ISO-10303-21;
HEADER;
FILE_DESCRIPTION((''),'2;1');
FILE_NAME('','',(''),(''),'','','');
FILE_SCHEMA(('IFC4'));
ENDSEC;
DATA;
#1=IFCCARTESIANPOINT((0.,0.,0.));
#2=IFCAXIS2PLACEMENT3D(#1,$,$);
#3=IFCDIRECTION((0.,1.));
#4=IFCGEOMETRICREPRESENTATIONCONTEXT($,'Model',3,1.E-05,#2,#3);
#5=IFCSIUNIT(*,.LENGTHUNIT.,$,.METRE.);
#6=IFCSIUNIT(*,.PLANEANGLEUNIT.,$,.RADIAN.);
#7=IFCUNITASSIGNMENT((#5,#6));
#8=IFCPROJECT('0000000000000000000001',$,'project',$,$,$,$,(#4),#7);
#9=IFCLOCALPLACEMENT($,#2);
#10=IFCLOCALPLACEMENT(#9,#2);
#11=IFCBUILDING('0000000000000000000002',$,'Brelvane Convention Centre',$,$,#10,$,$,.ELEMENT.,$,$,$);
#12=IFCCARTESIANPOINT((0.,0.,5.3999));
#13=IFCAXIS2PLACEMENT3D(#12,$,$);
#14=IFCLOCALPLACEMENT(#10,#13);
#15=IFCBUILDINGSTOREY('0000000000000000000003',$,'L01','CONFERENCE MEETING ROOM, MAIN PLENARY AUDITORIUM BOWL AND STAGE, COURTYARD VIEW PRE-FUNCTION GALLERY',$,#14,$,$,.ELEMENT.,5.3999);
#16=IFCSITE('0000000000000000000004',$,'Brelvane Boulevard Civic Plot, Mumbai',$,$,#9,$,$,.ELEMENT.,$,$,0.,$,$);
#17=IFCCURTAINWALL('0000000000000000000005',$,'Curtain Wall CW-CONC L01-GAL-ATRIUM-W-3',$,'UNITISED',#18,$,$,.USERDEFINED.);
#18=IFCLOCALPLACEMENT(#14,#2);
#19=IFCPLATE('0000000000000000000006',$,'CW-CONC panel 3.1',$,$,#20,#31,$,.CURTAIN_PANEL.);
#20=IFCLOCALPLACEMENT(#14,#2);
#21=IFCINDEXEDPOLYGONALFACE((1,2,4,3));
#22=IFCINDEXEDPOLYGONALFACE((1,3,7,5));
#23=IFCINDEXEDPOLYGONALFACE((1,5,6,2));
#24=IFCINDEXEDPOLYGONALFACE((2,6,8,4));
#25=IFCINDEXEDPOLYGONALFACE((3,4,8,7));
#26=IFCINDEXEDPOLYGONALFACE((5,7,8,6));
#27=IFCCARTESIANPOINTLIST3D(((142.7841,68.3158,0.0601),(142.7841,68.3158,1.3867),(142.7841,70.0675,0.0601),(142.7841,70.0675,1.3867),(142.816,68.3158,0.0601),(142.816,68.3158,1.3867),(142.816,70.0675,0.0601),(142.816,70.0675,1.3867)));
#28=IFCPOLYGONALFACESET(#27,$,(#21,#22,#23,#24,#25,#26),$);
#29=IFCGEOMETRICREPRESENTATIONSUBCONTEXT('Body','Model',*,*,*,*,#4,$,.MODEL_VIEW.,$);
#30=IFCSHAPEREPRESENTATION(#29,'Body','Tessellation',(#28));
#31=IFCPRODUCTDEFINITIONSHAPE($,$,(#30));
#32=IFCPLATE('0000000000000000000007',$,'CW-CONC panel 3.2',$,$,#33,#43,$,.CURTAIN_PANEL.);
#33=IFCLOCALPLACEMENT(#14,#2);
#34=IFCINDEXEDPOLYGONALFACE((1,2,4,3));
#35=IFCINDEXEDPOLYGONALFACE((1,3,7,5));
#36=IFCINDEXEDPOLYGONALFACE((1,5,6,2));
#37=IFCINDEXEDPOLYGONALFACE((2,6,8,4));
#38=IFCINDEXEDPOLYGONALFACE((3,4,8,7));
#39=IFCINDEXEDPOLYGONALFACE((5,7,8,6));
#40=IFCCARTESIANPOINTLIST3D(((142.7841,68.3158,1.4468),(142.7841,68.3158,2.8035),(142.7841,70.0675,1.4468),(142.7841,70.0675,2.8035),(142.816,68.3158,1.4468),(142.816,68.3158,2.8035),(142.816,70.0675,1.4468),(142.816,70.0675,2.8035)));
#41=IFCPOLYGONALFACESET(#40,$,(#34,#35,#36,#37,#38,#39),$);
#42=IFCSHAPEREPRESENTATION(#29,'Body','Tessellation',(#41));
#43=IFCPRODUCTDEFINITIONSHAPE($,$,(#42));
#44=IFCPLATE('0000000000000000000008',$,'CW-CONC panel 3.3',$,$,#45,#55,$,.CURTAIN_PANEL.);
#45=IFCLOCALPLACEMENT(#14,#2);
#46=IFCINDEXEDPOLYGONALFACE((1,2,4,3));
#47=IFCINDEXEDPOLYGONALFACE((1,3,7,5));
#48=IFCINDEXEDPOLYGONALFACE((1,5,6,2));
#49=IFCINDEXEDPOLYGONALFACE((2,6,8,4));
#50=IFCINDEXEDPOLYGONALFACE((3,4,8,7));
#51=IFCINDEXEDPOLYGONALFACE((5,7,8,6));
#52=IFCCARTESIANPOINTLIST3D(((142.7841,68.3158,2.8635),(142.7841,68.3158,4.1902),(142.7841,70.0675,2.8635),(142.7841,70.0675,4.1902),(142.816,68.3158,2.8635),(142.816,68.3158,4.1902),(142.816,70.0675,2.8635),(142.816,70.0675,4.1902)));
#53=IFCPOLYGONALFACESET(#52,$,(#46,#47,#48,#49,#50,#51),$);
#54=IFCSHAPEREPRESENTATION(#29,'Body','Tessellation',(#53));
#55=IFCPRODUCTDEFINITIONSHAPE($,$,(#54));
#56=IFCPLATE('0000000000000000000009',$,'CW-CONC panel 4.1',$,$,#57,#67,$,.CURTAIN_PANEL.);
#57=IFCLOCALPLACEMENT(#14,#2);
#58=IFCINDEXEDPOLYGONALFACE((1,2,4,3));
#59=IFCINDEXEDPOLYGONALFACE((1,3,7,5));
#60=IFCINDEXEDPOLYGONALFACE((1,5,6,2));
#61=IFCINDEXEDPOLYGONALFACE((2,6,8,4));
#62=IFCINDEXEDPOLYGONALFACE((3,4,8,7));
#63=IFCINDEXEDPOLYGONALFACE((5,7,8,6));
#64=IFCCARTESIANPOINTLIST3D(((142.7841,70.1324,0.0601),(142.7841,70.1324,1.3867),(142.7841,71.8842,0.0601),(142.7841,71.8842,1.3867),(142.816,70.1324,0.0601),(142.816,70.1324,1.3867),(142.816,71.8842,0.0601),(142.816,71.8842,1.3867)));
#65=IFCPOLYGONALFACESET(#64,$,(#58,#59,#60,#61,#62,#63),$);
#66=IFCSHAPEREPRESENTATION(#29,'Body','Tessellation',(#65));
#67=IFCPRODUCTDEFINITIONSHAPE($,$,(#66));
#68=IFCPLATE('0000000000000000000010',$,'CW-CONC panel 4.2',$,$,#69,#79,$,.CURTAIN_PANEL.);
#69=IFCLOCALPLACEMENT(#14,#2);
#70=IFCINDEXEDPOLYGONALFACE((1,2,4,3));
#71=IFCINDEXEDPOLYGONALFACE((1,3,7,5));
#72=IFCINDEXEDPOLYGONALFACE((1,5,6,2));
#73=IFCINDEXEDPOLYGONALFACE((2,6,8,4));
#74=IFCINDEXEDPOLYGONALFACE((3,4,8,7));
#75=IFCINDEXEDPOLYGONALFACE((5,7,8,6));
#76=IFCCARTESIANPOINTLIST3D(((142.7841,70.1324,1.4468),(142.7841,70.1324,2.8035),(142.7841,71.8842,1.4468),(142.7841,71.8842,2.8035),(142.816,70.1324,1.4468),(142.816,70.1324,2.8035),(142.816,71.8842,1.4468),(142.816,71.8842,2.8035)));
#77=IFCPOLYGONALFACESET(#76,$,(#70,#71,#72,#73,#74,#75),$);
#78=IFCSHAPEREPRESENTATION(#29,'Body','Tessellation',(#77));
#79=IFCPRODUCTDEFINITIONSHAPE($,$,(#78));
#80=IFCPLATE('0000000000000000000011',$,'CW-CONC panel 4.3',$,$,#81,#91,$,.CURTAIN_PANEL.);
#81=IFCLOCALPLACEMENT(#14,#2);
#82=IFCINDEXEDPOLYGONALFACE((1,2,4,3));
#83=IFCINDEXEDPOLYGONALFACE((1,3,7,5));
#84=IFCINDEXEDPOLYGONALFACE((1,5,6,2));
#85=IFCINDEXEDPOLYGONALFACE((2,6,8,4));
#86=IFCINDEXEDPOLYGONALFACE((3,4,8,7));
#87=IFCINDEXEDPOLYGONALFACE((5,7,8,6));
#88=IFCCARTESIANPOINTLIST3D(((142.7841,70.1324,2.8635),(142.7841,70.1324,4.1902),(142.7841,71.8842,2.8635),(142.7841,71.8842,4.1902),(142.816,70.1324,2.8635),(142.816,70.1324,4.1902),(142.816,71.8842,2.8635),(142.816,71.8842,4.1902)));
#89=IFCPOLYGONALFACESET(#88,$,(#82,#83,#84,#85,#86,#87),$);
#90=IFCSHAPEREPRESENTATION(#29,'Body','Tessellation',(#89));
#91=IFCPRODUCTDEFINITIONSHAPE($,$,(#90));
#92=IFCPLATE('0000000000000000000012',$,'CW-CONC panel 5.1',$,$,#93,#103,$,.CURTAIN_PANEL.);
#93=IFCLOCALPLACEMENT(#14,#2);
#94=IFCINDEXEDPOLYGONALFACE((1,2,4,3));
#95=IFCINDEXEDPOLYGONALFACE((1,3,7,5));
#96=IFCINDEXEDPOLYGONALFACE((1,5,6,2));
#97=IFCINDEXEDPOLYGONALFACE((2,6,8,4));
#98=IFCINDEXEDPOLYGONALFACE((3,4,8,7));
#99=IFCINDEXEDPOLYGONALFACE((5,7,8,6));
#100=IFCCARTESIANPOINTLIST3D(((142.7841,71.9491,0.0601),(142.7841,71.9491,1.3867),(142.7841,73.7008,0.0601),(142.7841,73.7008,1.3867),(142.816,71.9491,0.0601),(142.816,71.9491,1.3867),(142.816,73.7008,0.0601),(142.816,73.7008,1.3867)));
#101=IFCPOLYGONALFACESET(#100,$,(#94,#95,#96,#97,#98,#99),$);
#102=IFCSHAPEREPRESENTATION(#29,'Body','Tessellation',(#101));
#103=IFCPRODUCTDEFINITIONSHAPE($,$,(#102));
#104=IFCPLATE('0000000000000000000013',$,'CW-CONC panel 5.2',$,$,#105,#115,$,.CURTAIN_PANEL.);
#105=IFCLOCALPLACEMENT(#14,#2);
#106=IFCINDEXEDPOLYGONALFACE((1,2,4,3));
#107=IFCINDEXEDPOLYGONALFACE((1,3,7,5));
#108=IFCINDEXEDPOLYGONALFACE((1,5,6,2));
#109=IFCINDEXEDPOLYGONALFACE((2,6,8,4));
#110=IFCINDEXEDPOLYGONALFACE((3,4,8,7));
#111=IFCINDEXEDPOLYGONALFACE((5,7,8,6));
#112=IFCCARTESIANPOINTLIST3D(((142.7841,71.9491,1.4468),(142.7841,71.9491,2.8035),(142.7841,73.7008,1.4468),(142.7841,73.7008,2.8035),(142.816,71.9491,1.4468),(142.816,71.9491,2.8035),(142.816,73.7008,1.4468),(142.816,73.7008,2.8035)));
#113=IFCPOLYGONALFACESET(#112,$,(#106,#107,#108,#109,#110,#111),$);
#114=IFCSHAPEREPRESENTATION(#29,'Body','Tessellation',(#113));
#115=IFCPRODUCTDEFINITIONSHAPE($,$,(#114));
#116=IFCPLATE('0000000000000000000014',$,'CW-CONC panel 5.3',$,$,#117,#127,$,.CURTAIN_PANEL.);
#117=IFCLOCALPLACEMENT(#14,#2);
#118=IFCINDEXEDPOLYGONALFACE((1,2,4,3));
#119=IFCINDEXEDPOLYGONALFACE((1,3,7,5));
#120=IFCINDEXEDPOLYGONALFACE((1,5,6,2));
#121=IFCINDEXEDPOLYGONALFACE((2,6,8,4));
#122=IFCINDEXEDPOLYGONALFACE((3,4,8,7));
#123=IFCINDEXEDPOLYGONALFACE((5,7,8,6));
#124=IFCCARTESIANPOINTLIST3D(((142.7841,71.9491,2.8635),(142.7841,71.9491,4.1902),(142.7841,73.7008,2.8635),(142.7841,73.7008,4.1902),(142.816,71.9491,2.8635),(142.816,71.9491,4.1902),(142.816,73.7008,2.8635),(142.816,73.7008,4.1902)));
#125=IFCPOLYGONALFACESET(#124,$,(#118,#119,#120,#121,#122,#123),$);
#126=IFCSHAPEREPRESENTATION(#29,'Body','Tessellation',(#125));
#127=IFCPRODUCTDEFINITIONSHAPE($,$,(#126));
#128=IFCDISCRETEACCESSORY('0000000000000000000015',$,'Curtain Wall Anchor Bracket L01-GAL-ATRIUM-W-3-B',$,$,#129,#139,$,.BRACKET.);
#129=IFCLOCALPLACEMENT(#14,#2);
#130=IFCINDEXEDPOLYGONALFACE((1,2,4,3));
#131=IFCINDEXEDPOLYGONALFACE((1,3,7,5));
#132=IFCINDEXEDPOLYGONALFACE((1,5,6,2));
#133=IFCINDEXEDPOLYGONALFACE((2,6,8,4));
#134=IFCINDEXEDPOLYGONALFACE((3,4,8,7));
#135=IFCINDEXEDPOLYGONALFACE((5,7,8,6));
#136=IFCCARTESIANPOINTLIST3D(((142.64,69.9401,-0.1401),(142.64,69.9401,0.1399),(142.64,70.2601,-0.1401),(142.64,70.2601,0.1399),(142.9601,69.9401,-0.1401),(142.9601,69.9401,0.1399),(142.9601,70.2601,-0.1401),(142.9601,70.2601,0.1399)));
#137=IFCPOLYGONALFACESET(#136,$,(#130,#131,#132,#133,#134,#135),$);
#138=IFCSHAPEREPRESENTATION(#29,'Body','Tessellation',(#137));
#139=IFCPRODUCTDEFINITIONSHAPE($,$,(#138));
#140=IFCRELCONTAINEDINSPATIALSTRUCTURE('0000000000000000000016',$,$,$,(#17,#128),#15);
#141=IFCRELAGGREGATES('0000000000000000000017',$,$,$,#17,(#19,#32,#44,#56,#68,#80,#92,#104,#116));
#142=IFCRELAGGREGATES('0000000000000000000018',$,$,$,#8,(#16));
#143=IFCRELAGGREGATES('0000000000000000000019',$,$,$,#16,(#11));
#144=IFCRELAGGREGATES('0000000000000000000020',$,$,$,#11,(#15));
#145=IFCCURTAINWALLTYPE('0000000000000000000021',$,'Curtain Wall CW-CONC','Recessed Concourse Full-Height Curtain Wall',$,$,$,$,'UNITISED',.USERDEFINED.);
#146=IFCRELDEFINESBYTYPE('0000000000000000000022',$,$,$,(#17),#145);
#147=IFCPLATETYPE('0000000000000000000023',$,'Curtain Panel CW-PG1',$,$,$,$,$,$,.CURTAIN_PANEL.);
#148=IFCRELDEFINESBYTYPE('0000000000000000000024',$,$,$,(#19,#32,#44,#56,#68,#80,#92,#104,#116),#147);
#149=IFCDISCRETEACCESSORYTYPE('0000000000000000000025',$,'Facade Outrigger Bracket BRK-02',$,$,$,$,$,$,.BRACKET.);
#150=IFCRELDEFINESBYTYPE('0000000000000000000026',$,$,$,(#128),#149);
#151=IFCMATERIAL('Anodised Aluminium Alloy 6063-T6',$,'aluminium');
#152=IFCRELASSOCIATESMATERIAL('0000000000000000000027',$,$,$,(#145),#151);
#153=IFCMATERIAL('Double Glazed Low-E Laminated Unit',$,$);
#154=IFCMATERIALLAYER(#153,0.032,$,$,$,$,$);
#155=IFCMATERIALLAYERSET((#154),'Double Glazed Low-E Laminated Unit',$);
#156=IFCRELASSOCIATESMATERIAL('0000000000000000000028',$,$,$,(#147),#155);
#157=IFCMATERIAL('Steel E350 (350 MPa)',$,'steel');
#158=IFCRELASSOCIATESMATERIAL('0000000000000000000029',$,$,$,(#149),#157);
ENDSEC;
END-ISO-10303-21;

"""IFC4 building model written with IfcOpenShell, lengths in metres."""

from ifc_helpers import new_model, si_unit, direction, frame, origin, origin_2d, place, context, subcontext, project, spatial, rectangle, extrude, material, layer, layer_set, type_object, element, aggregate, save


model = new_model("IFC4")

# Units and contexts
model_context = context("Model", 3, precision=1e-05, world=origin(), true_north=direction((0.0, 1.0)))
body_context = subcontext(model_context, "Body", "Model", "MODEL_VIEW")
ifc_project = project(units=[si_unit("LENGTHUNIT", "METRE"), si_unit("PLANEANGLEUNIT", "RADIAN")], contexts=[model_context])

# Site, building, storey
site_placement = place(None, origin())
site = spatial("IfcSite", under=ifc_project, at=site_placement, Name="Brelvane Boulevard Civic Plot, Mumbai", CompositionType="ELEMENT", RefElevation=0.0)
building_placement = place(site_placement, origin())
building = spatial("IfcBuilding", under=site, at=building_placement, Name="Brelvane Convention Centre", CompositionType="ELEMENT")
storey_placement = place(building_placement, frame((0.0, 0.0, 5.3999)))
storey = spatial("IfcBuildingStorey", under=building, at=storey_placement, Name="L01", Description="CONFERENCE MEETING ROOM, MAIN PLENARY AUDITORIUM BOWL AND STAGE, COURTYARD VIEW PRE-FUNCTION GALLERY", CompositionType="ELEMENT", Elevation=5.3999)

# Curtain wall
ifc_material_1 = material(Name="Anodised Aluminium Alloy 6063-T6", Category="aluminium")
curtain_wall_type = type_object("IfcCurtainWallType", Name="Curtain Wall CW-CONC", Description="Recessed Concourse Full-Height Curtain Wall", ElementType="UNITISED", PredefinedType="USERDEFINED", material=ifc_material_1)
curtain_wall_placement = place(storey_placement, origin())
curtain_wall = element("IfcCurtainWall", 1, at=curtain_wall_placement, inside=storey, type_object=curtain_wall_type, Name="Curtain Wall CW-CONC L01-GAL-ATRIUM-W-3", ObjectType="UNITISED", PredefinedType="USERDEFINED")

# Plates
ifc_material_2 = material(Name="Double Glazed Low-E Laminated Unit")
ifc_layer = layer(ifc_material_2, 0.032)
ifc_layer_set = layer_set([ifc_layer], Name="Double Glazed Low-E Laminated Unit")
plate_type = type_object("IfcPlateType", Name="Curtain Panel CW-PG1", PredefinedType="CURTAIN_PANEL", material=ifc_layer_set)
plate_1_placement = place(storey_placement, frame((142.8, 69.1917, 0.0601), z_axis=(0.0, 0.0, 1.0), x_axis=(0.0, 1.0, 0.0)))
plate_1 = element("IfcPlate", 2, at=plate_1_placement, type_object=plate_type, Name="CW-CONC panel 3.1", PredefinedType="CURTAIN_PANEL", context=body_context, shape_type="SweptSolid", body=[
    extrude(rectangle(XDim=1.7517, YDim=0.032, at=origin_2d()), origin(), (0.0, 0.0, 1.0), 1.3267),
])
plate_2_placement = place(storey_placement, frame((142.8, 69.1917, 1.4468), z_axis=(0.0, 0.0, 1.0), x_axis=(0.0, 1.0, 0.0)))
plate_2 = element("IfcPlate", 3, at=plate_2_placement, type_object=plate_type, Name="CW-CONC panel 3.2", PredefinedType="CURTAIN_PANEL", context=body_context, shape_type="SweptSolid", body=[
    extrude(rectangle(XDim=1.7517, YDim=0.032, at=origin_2d()), origin(), (0.0, 0.0, 1.0), 1.3567),
])
plate_3_placement = place(storey_placement, frame((142.8, 69.1917, 2.8635), z_axis=(0.0, 0.0, 1.0), x_axis=(0.0, 1.0, 0.0)))
plate_3 = element("IfcPlate", 4, at=plate_3_placement, type_object=plate_type, Name="CW-CONC panel 3.3", PredefinedType="CURTAIN_PANEL", context=body_context, shape_type="SweptSolid", body=[
    extrude(rectangle(XDim=1.7517, YDim=0.032, at=origin_2d()), origin(), (0.0, 0.0, 1.0), 1.3267),
])
plate_4_placement = place(storey_placement, frame((142.8, 71.0083, 0.0601), z_axis=(0.0, 0.0, 1.0), x_axis=(0.0, 1.0, 0.0)))
plate_4 = element("IfcPlate", 5, at=plate_4_placement, type_object=plate_type, Name="CW-CONC panel 4.1", PredefinedType="CURTAIN_PANEL", context=body_context, shape_type="SweptSolid", body=[
    extrude(rectangle(XDim=1.7517, YDim=0.032, at=origin_2d()), origin(), (0.0, 0.0, 1.0), 1.3267),
])
plate_5_placement = place(storey_placement, frame((142.8, 71.0083, 1.4468), z_axis=(0.0, 0.0, 1.0), x_axis=(0.0, 1.0, 0.0)))
plate_5 = element("IfcPlate", 6, at=plate_5_placement, type_object=plate_type, Name="CW-CONC panel 4.2", PredefinedType="CURTAIN_PANEL", context=body_context, shape_type="SweptSolid", body=[
    extrude(rectangle(XDim=1.7517, YDim=0.032, at=origin_2d()), origin(), (0.0, 0.0, 1.0), 1.3567),
])
plate_6_placement = place(storey_placement, frame((142.8, 71.0083, 2.8635), z_axis=(0.0, 0.0, 1.0), x_axis=(0.0, 1.0, 0.0)))
plate_6 = element("IfcPlate", 7, at=plate_6_placement, type_object=plate_type, Name="CW-CONC panel 4.3", PredefinedType="CURTAIN_PANEL", context=body_context, shape_type="SweptSolid", body=[
    extrude(rectangle(XDim=1.7517, YDim=0.032, at=origin_2d()), origin(), (0.0, 0.0, 1.0), 1.3267),
])
plate_7_placement = place(storey_placement, frame((142.8, 72.825, 0.0601), z_axis=(0.0, 0.0, 1.0), x_axis=(0.0, 1.0, 0.0)))
plate_7 = element("IfcPlate", 8, at=plate_7_placement, type_object=plate_type, Name="CW-CONC panel 5.1", PredefinedType="CURTAIN_PANEL", context=body_context, shape_type="SweptSolid", body=[
    extrude(rectangle(XDim=1.7517, YDim=0.032, at=origin_2d()), origin(), (0.0, 0.0, 1.0), 1.3267),
])
plate_8_placement = place(storey_placement, frame((142.8, 72.825, 1.4468), z_axis=(0.0, 0.0, 1.0), x_axis=(0.0, 1.0, 0.0)))
plate_8 = element("IfcPlate", 9, at=plate_8_placement, type_object=plate_type, Name="CW-CONC panel 5.2", PredefinedType="CURTAIN_PANEL", context=body_context, shape_type="SweptSolid", body=[
    extrude(rectangle(XDim=1.7517, YDim=0.032, at=origin_2d()), origin(), (0.0, 0.0, 1.0), 1.3567),
])
plate_9_placement = place(storey_placement, frame((142.8, 72.825, 2.8635), z_axis=(0.0, 0.0, 1.0), x_axis=(0.0, 1.0, 0.0)))
plate_9 = element("IfcPlate", 10, at=plate_9_placement, type_object=plate_type, Name="CW-CONC panel 5.3", PredefinedType="CURTAIN_PANEL", context=body_context, shape_type="SweptSolid", body=[
    extrude(rectangle(XDim=1.7517, YDim=0.032, at=origin_2d()), origin(), (0.0, 0.0, 1.0), 1.3267),
])
aggregate(curtain_wall, [plate_1, plate_2, plate_3, plate_4, plate_5, plate_6, plate_7, plate_8, plate_9])

# Discrete accessory
ifc_material_3 = material(Name="Steel E350 (350 MPa)", Category="steel")
discrete_accessory_type = type_object("IfcDiscreteAccessoryType", Name="Facade Outrigger Bracket BRK-02", PredefinedType="BRACKET", material=ifc_material_3)
discrete_accessory_placement = place(storey_placement, frame((142.8, 70.1001, -0.1401), z_axis=(0.0, 0.0, 1.0), x_axis=(1.0, 0.0, 0.0)))
element("IfcDiscreteAccessory", 11, at=discrete_accessory_placement, inside=storey, type_object=discrete_accessory_type, Name="Curtain Wall Anchor Bracket L01-GAL-ATRIUM-W-3-B", PredefinedType="BRACKET", context=body_context, shape_type="SweptSolid", body=[
    extrude(rectangle(XDim=0.3201, YDim=0.3201, at=origin_2d()), origin(), (0.0, 0.0, 1.0), 0.28),
])

save(model, "model.ifc")
